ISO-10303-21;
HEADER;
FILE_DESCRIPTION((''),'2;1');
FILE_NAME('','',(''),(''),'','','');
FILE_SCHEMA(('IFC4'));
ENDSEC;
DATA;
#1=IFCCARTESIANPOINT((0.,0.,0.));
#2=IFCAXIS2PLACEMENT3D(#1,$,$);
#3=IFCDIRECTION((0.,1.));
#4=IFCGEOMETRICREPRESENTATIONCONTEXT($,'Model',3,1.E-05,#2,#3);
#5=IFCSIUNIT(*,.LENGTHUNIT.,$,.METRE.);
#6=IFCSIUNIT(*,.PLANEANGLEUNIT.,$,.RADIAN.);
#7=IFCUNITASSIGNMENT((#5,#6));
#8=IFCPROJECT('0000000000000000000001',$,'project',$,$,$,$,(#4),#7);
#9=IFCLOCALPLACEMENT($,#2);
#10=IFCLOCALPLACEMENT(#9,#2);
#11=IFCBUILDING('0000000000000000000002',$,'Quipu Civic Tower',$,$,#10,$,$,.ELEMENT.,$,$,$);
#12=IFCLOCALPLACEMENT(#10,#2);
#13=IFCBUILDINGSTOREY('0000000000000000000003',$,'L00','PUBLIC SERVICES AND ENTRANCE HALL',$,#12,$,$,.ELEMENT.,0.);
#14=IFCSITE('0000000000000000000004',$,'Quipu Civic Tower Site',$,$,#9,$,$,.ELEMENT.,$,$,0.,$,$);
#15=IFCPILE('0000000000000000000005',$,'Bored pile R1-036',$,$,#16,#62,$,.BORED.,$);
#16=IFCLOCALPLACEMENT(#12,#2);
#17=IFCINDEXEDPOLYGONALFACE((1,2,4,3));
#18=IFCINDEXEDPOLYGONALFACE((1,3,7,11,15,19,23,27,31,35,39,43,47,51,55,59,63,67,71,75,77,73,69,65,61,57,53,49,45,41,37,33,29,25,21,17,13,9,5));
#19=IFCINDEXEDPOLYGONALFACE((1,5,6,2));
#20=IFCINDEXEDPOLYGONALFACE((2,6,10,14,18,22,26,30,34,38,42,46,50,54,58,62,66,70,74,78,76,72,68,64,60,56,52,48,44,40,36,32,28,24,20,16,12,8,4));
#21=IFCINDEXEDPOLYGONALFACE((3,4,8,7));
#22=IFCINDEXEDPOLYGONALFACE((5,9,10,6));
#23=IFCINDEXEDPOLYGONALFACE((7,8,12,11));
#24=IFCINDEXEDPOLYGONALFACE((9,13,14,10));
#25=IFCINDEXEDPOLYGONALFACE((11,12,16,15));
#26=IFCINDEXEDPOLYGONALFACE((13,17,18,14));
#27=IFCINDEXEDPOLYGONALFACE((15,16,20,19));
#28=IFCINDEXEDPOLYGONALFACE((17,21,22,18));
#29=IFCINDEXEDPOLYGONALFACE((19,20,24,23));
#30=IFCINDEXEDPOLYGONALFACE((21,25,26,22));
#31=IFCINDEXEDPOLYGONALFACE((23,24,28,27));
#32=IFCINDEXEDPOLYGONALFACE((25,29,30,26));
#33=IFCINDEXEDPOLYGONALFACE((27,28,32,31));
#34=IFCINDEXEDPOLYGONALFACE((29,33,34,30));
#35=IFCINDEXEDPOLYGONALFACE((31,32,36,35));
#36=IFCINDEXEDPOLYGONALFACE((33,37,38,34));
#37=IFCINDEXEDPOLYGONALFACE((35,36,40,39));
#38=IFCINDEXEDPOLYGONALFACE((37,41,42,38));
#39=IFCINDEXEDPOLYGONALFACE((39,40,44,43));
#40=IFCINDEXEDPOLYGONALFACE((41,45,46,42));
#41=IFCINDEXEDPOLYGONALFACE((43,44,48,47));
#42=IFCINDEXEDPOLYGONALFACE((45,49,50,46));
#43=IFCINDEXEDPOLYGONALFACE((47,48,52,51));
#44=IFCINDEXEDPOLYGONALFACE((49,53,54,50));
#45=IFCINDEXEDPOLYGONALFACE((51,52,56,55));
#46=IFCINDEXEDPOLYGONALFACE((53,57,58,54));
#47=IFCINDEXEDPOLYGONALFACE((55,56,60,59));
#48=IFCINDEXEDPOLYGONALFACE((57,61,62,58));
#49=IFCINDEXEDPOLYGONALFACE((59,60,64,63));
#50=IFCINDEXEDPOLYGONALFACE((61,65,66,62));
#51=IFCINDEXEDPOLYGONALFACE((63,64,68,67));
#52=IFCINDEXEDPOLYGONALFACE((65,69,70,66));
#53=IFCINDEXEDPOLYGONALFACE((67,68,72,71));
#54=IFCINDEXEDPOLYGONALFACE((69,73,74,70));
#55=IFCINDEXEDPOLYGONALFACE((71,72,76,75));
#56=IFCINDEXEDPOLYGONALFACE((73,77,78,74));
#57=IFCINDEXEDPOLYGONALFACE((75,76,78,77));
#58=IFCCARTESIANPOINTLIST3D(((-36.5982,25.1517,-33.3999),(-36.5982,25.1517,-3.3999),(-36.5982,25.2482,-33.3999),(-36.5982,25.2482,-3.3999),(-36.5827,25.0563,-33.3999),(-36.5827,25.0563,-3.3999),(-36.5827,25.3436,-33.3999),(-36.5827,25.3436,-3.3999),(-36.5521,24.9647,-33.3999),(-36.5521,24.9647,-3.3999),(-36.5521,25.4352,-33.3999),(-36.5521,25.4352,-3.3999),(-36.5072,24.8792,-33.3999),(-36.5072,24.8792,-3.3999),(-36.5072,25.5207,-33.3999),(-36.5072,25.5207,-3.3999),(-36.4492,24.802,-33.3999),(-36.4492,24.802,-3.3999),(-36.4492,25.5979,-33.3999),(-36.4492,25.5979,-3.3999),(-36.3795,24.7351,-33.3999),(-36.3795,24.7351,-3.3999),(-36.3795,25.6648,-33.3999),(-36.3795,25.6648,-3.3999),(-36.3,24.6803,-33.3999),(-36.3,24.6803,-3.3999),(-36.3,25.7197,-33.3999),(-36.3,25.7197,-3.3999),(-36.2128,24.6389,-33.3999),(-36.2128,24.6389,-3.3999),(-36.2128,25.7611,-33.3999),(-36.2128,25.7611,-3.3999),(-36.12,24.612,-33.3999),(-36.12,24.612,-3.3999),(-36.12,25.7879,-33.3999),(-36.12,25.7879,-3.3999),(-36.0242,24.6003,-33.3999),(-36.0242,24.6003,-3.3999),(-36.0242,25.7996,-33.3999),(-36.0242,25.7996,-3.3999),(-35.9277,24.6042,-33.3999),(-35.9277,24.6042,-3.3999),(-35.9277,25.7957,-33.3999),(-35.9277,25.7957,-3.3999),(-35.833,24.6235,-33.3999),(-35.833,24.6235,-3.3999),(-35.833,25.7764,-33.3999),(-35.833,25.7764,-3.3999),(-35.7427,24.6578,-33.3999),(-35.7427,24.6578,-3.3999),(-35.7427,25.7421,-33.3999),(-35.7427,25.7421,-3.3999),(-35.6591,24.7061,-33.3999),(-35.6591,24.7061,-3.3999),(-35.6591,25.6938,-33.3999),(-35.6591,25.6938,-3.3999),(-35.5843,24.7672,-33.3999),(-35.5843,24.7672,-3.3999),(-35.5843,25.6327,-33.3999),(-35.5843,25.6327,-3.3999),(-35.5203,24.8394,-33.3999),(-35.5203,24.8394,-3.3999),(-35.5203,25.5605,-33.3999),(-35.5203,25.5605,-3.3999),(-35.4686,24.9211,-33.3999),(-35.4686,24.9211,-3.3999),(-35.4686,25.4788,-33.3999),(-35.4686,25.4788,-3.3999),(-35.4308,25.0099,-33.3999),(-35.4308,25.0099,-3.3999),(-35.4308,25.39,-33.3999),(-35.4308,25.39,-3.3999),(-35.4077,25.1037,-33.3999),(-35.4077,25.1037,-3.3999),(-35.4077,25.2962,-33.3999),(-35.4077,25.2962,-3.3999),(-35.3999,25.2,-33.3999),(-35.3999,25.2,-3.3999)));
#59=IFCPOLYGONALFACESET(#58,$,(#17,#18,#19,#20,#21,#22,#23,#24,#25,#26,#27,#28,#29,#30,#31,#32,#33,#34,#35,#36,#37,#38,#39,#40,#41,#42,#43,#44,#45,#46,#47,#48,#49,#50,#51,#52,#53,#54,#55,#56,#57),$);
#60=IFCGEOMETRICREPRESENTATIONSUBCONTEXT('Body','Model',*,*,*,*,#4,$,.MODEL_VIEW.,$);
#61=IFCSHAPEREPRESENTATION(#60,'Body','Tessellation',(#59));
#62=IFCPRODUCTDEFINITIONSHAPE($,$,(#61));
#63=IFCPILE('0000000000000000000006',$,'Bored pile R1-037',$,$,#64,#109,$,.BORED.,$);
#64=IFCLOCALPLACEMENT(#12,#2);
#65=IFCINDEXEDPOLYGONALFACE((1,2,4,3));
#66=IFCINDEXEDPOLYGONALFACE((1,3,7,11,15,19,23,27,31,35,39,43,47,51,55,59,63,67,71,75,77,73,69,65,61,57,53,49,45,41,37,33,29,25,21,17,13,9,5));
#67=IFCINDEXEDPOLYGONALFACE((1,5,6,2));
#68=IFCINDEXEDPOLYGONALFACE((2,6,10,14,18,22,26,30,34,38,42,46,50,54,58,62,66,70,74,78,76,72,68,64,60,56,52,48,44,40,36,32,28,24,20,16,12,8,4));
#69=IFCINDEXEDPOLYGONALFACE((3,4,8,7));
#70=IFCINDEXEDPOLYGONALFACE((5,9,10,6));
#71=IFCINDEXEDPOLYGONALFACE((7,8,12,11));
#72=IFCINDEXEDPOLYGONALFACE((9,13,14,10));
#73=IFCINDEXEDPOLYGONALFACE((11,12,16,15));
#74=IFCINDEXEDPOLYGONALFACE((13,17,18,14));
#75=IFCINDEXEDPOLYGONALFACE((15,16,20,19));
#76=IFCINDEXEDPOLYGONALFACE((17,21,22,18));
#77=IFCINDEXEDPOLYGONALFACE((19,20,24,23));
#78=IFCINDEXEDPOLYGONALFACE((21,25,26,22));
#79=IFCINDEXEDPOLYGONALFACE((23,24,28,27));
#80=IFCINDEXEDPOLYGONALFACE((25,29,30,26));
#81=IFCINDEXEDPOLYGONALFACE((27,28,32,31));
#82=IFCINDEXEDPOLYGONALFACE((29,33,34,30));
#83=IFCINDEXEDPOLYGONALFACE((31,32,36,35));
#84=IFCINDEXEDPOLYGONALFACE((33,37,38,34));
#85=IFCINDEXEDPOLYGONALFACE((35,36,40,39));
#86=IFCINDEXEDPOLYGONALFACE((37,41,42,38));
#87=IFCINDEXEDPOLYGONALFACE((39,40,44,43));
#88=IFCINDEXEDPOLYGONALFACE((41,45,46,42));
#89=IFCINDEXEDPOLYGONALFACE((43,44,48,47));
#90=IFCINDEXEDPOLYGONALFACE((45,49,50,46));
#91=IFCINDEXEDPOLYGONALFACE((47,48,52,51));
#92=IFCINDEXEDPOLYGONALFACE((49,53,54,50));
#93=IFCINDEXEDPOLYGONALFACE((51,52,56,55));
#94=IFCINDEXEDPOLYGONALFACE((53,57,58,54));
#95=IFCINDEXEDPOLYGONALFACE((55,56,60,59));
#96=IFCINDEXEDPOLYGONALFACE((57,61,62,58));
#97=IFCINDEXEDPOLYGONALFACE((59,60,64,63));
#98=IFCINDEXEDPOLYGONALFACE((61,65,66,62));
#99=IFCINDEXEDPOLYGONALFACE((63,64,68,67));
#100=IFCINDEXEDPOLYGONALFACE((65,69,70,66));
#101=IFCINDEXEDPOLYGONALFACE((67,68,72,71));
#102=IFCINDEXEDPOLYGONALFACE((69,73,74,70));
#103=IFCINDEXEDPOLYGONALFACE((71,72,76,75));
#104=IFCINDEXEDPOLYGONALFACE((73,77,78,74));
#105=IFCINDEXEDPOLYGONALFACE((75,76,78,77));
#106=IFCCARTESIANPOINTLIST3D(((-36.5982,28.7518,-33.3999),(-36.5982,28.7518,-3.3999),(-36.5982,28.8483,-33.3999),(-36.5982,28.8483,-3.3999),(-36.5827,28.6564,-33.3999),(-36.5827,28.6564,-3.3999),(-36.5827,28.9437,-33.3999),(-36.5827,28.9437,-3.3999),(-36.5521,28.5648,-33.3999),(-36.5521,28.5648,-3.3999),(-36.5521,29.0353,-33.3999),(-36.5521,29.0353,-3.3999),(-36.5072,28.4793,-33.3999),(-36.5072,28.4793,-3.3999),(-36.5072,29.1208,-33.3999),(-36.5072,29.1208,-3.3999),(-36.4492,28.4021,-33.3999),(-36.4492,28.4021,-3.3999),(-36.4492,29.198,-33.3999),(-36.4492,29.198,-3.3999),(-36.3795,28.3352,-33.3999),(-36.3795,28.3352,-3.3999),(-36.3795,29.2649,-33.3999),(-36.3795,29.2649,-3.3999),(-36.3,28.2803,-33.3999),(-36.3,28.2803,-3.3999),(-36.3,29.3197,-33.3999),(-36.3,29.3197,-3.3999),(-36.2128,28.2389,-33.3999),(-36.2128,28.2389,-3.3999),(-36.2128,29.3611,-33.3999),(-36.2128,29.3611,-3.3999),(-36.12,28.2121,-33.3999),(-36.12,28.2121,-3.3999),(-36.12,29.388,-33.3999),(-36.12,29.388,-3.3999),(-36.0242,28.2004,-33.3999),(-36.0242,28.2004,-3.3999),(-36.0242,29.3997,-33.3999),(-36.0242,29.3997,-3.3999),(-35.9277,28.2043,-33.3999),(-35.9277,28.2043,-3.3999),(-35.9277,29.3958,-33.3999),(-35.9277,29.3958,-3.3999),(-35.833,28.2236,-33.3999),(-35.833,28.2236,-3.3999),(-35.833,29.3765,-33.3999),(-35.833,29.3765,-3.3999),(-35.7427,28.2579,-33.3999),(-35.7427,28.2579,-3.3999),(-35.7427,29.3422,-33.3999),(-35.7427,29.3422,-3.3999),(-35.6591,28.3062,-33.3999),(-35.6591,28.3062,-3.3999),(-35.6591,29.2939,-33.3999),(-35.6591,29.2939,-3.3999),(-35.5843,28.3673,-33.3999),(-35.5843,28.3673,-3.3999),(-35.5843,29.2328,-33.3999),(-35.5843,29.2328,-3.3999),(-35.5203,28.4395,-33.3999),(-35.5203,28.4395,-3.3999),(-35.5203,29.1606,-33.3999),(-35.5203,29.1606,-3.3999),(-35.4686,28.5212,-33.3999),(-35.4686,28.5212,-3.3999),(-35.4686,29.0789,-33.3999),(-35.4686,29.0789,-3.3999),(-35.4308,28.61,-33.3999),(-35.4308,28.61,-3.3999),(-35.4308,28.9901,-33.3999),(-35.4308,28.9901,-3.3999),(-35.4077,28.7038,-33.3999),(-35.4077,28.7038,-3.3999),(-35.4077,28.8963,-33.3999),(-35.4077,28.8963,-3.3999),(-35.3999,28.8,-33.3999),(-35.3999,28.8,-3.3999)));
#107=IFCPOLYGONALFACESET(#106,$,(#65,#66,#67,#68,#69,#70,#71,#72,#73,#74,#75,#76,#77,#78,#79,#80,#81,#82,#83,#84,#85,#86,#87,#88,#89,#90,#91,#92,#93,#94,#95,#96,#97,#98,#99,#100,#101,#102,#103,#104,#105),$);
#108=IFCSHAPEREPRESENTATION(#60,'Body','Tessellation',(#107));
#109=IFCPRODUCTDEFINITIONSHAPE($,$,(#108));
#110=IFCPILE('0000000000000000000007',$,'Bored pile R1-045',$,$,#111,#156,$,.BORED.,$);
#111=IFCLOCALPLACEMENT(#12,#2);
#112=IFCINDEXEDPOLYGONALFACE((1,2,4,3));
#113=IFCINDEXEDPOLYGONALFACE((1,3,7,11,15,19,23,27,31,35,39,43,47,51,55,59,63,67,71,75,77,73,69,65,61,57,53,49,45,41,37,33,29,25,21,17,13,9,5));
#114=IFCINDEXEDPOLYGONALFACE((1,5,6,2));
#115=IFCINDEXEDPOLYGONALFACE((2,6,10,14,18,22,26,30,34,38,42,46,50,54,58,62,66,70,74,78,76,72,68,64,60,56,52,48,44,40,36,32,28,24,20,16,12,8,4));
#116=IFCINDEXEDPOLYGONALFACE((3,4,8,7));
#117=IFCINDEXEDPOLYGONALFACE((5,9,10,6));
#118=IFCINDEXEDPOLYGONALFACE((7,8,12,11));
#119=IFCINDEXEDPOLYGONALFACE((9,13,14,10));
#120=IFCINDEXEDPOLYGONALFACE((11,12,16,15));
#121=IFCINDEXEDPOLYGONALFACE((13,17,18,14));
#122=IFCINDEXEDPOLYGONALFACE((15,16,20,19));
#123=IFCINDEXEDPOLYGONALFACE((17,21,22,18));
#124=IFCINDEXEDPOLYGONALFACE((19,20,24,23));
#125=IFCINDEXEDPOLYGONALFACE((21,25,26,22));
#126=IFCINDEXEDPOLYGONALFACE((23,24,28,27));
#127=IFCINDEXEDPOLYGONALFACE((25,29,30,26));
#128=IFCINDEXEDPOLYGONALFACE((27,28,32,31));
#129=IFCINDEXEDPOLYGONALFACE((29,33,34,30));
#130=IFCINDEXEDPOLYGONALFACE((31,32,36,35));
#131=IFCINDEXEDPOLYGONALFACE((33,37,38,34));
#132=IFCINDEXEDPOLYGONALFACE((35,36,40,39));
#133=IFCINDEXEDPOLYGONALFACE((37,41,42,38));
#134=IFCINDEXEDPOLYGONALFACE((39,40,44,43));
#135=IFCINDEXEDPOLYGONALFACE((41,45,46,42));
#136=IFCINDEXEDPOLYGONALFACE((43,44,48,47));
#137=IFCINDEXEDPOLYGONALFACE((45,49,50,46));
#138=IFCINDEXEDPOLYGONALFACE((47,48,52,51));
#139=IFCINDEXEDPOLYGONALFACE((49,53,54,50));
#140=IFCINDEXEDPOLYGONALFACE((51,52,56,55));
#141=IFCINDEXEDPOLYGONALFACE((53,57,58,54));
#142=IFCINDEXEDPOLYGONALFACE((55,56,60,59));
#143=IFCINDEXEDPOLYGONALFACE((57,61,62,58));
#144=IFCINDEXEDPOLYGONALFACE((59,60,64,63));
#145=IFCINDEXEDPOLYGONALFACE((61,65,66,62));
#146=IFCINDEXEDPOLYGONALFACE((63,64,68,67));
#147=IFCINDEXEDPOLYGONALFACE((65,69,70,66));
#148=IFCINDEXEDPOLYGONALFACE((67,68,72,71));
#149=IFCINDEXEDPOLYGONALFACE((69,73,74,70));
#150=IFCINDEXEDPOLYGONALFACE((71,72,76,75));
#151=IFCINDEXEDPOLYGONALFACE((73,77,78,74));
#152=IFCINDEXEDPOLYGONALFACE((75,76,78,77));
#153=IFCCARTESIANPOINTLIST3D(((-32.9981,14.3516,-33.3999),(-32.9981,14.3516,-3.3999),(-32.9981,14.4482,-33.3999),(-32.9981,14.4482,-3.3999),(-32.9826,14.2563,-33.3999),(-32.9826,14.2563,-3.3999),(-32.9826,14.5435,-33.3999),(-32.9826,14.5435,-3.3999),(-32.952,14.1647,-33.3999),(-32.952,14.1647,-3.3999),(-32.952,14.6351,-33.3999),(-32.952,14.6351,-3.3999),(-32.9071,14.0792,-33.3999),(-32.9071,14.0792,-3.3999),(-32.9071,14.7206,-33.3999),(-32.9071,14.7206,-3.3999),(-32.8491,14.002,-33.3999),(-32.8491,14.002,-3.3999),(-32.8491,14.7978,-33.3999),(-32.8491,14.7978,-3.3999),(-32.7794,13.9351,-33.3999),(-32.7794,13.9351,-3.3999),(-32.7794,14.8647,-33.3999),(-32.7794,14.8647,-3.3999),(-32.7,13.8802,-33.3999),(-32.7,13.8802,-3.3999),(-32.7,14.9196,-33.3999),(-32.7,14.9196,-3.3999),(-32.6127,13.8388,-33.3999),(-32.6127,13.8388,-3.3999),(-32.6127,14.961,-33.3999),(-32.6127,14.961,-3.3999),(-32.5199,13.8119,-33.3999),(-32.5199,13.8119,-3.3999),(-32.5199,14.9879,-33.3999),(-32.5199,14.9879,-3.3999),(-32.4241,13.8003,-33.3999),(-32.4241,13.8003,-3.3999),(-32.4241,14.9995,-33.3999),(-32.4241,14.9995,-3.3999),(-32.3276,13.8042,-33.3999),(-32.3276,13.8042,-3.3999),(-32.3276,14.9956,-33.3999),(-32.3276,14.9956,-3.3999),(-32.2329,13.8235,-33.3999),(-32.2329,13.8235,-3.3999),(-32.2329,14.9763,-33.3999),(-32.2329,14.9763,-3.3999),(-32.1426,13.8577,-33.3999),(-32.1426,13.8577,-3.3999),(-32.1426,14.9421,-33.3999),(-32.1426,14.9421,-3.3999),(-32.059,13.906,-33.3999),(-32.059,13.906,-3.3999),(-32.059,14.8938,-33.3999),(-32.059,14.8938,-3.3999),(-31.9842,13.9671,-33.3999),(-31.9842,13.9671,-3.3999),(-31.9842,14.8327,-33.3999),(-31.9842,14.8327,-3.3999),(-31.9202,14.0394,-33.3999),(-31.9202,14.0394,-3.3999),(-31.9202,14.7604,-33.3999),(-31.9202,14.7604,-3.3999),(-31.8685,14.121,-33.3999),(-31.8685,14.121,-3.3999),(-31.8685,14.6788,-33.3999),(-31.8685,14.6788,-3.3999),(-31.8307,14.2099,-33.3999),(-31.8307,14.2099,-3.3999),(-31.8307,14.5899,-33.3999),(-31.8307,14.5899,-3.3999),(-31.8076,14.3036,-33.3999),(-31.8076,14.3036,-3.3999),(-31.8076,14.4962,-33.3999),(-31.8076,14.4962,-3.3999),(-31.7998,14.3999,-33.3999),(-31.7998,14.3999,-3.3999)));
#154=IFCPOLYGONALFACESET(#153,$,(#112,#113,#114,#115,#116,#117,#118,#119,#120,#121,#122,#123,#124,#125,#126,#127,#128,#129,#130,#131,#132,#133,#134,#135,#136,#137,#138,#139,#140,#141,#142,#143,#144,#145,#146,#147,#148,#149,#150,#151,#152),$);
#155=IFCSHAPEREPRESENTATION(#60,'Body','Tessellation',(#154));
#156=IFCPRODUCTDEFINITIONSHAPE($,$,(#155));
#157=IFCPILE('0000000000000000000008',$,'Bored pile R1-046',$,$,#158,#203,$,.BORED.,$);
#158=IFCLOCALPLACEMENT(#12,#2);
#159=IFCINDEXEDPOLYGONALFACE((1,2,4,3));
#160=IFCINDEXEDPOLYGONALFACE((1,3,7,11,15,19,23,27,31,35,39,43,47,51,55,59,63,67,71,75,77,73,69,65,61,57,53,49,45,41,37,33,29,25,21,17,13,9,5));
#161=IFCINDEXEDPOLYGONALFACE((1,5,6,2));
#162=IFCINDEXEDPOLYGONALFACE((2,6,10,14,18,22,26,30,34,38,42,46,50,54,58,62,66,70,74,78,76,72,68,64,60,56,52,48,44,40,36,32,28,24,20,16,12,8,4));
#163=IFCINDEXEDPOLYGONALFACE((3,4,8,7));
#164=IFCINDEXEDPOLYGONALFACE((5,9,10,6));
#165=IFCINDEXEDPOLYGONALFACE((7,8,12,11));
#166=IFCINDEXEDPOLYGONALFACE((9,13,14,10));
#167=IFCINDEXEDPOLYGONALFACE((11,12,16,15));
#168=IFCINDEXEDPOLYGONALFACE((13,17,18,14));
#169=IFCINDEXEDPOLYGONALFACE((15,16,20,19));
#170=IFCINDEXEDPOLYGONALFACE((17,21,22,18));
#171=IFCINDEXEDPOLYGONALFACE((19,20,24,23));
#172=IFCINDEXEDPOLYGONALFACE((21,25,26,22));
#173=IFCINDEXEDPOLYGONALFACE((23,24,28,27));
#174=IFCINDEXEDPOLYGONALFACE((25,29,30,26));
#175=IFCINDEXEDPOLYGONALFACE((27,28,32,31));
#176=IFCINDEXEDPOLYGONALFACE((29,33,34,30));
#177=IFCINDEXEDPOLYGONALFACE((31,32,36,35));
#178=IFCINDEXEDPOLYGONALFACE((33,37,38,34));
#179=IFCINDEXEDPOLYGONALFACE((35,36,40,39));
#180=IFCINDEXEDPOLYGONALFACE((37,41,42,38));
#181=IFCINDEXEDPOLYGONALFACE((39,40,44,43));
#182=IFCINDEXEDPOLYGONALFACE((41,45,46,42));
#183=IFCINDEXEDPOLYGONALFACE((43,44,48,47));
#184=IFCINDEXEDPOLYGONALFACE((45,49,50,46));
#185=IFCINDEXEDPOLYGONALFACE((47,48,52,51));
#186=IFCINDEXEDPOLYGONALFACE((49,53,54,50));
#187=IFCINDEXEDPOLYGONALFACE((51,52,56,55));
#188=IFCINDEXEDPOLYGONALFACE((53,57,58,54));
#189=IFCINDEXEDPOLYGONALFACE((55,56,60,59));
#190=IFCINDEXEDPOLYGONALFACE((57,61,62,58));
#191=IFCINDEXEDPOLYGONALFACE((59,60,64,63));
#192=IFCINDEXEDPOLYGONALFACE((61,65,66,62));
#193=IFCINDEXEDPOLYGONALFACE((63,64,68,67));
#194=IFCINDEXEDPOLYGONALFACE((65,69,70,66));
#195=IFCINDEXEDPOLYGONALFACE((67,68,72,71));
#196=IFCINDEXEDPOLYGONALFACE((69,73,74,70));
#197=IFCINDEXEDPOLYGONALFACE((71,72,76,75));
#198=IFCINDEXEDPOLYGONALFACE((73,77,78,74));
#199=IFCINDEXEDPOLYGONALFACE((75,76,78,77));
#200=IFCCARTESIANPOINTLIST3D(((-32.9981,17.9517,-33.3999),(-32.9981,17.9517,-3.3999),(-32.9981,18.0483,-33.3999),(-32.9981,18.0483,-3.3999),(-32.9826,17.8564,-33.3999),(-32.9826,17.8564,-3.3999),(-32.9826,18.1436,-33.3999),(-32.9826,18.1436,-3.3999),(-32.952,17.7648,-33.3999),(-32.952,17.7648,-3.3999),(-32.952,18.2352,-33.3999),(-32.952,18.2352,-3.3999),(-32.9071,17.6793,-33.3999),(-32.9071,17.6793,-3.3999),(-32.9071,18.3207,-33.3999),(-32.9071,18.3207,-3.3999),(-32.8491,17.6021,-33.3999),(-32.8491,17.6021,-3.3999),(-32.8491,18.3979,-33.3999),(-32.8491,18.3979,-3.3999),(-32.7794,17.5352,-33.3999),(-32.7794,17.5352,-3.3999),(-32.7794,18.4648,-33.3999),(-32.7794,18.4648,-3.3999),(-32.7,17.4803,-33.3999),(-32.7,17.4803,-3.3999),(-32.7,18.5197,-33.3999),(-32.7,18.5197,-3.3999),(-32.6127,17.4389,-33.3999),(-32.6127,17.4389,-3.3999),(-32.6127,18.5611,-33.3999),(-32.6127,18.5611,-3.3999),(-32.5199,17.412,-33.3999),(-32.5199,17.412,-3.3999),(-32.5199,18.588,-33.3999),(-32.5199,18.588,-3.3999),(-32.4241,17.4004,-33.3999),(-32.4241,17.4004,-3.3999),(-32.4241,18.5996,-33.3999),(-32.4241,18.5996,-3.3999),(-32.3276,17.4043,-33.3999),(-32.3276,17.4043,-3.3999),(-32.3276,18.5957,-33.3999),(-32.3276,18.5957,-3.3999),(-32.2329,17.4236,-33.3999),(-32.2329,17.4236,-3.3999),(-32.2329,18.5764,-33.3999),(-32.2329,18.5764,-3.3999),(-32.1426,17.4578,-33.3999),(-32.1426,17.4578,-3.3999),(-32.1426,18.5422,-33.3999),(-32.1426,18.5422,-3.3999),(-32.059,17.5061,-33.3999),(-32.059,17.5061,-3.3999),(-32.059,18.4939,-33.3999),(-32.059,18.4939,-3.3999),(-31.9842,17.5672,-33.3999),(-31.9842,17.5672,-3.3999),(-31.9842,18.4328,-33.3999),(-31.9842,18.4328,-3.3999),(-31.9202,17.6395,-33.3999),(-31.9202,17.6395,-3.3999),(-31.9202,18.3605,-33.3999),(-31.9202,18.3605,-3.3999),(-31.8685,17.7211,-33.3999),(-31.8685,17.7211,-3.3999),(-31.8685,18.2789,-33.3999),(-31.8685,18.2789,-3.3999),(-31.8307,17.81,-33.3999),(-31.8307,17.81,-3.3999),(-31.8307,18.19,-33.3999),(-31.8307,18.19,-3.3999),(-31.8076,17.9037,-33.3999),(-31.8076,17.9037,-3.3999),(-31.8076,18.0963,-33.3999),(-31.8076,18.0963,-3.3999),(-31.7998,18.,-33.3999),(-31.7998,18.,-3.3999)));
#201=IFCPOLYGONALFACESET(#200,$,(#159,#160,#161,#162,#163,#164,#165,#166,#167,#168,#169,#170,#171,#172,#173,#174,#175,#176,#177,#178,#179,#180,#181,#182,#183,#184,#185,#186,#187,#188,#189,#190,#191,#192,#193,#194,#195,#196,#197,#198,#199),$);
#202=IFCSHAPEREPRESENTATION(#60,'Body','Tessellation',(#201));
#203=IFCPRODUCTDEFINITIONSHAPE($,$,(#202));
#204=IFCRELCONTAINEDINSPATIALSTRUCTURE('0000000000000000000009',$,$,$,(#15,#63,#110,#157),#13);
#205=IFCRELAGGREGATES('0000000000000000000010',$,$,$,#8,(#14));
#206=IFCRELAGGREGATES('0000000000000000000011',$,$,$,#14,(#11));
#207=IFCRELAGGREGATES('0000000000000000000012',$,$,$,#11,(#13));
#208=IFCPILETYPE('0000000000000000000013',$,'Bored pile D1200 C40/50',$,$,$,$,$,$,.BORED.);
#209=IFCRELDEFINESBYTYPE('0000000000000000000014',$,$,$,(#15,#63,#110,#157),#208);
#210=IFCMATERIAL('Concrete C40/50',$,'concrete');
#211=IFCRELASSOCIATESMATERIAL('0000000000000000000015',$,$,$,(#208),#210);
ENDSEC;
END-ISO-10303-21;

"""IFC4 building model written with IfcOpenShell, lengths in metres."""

from ifc_helpers import new_model, si_unit, direction, frame, origin, origin_2d, place, context, subcontext, project, spatial, circle, extrude, material, material_profile, profile_set, type_object, element, save


model = new_model("IFC4")

# Units and contexts
model_context = context("Model", 3, precision=1e-05, world=origin(), true_north=direction((0.0, 1.0)))
body_context = subcontext(model_context, "Body", "Model", "MODEL_VIEW")
ifc_project = project(units=[si_unit("LENGTHUNIT", "METRE"), si_unit("PLANEANGLEUNIT", "RADIAN")], contexts=[model_context])

# Site, building, storey
site_placement = place(None, origin())
site = spatial("IfcSite", under=ifc_project, at=site_placement, Name="Quipu Civic Tower Site", CompositionType="ELEMENT", RefElevation=0.0)
building_placement = place(site_placement, origin())
building = spatial("IfcBuilding", under=site, at=building_placement, Name="Quipu Civic Tower", CompositionType="ELEMENT")
storey_placement = place(building_placement, origin())
storey = spatial("IfcBuildingStorey", under=building, at=storey_placement, Name="L00", Description="PUBLIC SERVICES AND ENTRANCE HALL", CompositionType="ELEMENT", Elevation=0.0)

# Piles
ifc_material_1 = material(Name="Concrete C40/50", Category="concrete")
ifc_material_profile = material_profile(ifc_material_1, circle(Radius=0.6001, at=origin_2d()), Name="RCD1200")
ifc_profile_set = profile_set([ifc_material_profile], Name="Concrete C40/50")
pile_type = type_object("IfcPileType", Name="Bored pile D1200 C40/50", PredefinedType="BORED", material=ifc_profile_set)
for number, where, z_axis, x_axis, name in (
    (1, (-36.0, 25.2, -3.3999), (0.0, 0.0, -1.0), (1.0, 0.0, 0.0), "Bored pile R1-036"),
    (2, (-36.0, 28.8, -3.3999), (0.0, 0.0, -1.0), (1.0, 0.0, 0.0), "Bored pile R1-037"),
    (3, (-32.3999, 14.3999, -3.3999), (0.0, 0.0, -1.0), (1.0, 0.0, 0.0), "Bored pile R1-045"),
    (4, (-32.3999, 18.0, -3.3999), (0.0, 0.0, -1.0), (1.0, 0.0, 0.0), "Bored pile R1-046"),
):
    element("IfcPile", number, at=place(storey_placement, frame(where, z_axis=z_axis, x_axis=x_axis)), inside=storey, type_object=pile_type, Name=name, PredefinedType="BORED", context=body_context, shape_type="SweptSolid", body=[
        extrude(circle(Radius=0.6001, at=origin_2d()), origin(), (0.0, 0.0, 1.0), 30.0),
    ])

save(model, "model.ifc")
